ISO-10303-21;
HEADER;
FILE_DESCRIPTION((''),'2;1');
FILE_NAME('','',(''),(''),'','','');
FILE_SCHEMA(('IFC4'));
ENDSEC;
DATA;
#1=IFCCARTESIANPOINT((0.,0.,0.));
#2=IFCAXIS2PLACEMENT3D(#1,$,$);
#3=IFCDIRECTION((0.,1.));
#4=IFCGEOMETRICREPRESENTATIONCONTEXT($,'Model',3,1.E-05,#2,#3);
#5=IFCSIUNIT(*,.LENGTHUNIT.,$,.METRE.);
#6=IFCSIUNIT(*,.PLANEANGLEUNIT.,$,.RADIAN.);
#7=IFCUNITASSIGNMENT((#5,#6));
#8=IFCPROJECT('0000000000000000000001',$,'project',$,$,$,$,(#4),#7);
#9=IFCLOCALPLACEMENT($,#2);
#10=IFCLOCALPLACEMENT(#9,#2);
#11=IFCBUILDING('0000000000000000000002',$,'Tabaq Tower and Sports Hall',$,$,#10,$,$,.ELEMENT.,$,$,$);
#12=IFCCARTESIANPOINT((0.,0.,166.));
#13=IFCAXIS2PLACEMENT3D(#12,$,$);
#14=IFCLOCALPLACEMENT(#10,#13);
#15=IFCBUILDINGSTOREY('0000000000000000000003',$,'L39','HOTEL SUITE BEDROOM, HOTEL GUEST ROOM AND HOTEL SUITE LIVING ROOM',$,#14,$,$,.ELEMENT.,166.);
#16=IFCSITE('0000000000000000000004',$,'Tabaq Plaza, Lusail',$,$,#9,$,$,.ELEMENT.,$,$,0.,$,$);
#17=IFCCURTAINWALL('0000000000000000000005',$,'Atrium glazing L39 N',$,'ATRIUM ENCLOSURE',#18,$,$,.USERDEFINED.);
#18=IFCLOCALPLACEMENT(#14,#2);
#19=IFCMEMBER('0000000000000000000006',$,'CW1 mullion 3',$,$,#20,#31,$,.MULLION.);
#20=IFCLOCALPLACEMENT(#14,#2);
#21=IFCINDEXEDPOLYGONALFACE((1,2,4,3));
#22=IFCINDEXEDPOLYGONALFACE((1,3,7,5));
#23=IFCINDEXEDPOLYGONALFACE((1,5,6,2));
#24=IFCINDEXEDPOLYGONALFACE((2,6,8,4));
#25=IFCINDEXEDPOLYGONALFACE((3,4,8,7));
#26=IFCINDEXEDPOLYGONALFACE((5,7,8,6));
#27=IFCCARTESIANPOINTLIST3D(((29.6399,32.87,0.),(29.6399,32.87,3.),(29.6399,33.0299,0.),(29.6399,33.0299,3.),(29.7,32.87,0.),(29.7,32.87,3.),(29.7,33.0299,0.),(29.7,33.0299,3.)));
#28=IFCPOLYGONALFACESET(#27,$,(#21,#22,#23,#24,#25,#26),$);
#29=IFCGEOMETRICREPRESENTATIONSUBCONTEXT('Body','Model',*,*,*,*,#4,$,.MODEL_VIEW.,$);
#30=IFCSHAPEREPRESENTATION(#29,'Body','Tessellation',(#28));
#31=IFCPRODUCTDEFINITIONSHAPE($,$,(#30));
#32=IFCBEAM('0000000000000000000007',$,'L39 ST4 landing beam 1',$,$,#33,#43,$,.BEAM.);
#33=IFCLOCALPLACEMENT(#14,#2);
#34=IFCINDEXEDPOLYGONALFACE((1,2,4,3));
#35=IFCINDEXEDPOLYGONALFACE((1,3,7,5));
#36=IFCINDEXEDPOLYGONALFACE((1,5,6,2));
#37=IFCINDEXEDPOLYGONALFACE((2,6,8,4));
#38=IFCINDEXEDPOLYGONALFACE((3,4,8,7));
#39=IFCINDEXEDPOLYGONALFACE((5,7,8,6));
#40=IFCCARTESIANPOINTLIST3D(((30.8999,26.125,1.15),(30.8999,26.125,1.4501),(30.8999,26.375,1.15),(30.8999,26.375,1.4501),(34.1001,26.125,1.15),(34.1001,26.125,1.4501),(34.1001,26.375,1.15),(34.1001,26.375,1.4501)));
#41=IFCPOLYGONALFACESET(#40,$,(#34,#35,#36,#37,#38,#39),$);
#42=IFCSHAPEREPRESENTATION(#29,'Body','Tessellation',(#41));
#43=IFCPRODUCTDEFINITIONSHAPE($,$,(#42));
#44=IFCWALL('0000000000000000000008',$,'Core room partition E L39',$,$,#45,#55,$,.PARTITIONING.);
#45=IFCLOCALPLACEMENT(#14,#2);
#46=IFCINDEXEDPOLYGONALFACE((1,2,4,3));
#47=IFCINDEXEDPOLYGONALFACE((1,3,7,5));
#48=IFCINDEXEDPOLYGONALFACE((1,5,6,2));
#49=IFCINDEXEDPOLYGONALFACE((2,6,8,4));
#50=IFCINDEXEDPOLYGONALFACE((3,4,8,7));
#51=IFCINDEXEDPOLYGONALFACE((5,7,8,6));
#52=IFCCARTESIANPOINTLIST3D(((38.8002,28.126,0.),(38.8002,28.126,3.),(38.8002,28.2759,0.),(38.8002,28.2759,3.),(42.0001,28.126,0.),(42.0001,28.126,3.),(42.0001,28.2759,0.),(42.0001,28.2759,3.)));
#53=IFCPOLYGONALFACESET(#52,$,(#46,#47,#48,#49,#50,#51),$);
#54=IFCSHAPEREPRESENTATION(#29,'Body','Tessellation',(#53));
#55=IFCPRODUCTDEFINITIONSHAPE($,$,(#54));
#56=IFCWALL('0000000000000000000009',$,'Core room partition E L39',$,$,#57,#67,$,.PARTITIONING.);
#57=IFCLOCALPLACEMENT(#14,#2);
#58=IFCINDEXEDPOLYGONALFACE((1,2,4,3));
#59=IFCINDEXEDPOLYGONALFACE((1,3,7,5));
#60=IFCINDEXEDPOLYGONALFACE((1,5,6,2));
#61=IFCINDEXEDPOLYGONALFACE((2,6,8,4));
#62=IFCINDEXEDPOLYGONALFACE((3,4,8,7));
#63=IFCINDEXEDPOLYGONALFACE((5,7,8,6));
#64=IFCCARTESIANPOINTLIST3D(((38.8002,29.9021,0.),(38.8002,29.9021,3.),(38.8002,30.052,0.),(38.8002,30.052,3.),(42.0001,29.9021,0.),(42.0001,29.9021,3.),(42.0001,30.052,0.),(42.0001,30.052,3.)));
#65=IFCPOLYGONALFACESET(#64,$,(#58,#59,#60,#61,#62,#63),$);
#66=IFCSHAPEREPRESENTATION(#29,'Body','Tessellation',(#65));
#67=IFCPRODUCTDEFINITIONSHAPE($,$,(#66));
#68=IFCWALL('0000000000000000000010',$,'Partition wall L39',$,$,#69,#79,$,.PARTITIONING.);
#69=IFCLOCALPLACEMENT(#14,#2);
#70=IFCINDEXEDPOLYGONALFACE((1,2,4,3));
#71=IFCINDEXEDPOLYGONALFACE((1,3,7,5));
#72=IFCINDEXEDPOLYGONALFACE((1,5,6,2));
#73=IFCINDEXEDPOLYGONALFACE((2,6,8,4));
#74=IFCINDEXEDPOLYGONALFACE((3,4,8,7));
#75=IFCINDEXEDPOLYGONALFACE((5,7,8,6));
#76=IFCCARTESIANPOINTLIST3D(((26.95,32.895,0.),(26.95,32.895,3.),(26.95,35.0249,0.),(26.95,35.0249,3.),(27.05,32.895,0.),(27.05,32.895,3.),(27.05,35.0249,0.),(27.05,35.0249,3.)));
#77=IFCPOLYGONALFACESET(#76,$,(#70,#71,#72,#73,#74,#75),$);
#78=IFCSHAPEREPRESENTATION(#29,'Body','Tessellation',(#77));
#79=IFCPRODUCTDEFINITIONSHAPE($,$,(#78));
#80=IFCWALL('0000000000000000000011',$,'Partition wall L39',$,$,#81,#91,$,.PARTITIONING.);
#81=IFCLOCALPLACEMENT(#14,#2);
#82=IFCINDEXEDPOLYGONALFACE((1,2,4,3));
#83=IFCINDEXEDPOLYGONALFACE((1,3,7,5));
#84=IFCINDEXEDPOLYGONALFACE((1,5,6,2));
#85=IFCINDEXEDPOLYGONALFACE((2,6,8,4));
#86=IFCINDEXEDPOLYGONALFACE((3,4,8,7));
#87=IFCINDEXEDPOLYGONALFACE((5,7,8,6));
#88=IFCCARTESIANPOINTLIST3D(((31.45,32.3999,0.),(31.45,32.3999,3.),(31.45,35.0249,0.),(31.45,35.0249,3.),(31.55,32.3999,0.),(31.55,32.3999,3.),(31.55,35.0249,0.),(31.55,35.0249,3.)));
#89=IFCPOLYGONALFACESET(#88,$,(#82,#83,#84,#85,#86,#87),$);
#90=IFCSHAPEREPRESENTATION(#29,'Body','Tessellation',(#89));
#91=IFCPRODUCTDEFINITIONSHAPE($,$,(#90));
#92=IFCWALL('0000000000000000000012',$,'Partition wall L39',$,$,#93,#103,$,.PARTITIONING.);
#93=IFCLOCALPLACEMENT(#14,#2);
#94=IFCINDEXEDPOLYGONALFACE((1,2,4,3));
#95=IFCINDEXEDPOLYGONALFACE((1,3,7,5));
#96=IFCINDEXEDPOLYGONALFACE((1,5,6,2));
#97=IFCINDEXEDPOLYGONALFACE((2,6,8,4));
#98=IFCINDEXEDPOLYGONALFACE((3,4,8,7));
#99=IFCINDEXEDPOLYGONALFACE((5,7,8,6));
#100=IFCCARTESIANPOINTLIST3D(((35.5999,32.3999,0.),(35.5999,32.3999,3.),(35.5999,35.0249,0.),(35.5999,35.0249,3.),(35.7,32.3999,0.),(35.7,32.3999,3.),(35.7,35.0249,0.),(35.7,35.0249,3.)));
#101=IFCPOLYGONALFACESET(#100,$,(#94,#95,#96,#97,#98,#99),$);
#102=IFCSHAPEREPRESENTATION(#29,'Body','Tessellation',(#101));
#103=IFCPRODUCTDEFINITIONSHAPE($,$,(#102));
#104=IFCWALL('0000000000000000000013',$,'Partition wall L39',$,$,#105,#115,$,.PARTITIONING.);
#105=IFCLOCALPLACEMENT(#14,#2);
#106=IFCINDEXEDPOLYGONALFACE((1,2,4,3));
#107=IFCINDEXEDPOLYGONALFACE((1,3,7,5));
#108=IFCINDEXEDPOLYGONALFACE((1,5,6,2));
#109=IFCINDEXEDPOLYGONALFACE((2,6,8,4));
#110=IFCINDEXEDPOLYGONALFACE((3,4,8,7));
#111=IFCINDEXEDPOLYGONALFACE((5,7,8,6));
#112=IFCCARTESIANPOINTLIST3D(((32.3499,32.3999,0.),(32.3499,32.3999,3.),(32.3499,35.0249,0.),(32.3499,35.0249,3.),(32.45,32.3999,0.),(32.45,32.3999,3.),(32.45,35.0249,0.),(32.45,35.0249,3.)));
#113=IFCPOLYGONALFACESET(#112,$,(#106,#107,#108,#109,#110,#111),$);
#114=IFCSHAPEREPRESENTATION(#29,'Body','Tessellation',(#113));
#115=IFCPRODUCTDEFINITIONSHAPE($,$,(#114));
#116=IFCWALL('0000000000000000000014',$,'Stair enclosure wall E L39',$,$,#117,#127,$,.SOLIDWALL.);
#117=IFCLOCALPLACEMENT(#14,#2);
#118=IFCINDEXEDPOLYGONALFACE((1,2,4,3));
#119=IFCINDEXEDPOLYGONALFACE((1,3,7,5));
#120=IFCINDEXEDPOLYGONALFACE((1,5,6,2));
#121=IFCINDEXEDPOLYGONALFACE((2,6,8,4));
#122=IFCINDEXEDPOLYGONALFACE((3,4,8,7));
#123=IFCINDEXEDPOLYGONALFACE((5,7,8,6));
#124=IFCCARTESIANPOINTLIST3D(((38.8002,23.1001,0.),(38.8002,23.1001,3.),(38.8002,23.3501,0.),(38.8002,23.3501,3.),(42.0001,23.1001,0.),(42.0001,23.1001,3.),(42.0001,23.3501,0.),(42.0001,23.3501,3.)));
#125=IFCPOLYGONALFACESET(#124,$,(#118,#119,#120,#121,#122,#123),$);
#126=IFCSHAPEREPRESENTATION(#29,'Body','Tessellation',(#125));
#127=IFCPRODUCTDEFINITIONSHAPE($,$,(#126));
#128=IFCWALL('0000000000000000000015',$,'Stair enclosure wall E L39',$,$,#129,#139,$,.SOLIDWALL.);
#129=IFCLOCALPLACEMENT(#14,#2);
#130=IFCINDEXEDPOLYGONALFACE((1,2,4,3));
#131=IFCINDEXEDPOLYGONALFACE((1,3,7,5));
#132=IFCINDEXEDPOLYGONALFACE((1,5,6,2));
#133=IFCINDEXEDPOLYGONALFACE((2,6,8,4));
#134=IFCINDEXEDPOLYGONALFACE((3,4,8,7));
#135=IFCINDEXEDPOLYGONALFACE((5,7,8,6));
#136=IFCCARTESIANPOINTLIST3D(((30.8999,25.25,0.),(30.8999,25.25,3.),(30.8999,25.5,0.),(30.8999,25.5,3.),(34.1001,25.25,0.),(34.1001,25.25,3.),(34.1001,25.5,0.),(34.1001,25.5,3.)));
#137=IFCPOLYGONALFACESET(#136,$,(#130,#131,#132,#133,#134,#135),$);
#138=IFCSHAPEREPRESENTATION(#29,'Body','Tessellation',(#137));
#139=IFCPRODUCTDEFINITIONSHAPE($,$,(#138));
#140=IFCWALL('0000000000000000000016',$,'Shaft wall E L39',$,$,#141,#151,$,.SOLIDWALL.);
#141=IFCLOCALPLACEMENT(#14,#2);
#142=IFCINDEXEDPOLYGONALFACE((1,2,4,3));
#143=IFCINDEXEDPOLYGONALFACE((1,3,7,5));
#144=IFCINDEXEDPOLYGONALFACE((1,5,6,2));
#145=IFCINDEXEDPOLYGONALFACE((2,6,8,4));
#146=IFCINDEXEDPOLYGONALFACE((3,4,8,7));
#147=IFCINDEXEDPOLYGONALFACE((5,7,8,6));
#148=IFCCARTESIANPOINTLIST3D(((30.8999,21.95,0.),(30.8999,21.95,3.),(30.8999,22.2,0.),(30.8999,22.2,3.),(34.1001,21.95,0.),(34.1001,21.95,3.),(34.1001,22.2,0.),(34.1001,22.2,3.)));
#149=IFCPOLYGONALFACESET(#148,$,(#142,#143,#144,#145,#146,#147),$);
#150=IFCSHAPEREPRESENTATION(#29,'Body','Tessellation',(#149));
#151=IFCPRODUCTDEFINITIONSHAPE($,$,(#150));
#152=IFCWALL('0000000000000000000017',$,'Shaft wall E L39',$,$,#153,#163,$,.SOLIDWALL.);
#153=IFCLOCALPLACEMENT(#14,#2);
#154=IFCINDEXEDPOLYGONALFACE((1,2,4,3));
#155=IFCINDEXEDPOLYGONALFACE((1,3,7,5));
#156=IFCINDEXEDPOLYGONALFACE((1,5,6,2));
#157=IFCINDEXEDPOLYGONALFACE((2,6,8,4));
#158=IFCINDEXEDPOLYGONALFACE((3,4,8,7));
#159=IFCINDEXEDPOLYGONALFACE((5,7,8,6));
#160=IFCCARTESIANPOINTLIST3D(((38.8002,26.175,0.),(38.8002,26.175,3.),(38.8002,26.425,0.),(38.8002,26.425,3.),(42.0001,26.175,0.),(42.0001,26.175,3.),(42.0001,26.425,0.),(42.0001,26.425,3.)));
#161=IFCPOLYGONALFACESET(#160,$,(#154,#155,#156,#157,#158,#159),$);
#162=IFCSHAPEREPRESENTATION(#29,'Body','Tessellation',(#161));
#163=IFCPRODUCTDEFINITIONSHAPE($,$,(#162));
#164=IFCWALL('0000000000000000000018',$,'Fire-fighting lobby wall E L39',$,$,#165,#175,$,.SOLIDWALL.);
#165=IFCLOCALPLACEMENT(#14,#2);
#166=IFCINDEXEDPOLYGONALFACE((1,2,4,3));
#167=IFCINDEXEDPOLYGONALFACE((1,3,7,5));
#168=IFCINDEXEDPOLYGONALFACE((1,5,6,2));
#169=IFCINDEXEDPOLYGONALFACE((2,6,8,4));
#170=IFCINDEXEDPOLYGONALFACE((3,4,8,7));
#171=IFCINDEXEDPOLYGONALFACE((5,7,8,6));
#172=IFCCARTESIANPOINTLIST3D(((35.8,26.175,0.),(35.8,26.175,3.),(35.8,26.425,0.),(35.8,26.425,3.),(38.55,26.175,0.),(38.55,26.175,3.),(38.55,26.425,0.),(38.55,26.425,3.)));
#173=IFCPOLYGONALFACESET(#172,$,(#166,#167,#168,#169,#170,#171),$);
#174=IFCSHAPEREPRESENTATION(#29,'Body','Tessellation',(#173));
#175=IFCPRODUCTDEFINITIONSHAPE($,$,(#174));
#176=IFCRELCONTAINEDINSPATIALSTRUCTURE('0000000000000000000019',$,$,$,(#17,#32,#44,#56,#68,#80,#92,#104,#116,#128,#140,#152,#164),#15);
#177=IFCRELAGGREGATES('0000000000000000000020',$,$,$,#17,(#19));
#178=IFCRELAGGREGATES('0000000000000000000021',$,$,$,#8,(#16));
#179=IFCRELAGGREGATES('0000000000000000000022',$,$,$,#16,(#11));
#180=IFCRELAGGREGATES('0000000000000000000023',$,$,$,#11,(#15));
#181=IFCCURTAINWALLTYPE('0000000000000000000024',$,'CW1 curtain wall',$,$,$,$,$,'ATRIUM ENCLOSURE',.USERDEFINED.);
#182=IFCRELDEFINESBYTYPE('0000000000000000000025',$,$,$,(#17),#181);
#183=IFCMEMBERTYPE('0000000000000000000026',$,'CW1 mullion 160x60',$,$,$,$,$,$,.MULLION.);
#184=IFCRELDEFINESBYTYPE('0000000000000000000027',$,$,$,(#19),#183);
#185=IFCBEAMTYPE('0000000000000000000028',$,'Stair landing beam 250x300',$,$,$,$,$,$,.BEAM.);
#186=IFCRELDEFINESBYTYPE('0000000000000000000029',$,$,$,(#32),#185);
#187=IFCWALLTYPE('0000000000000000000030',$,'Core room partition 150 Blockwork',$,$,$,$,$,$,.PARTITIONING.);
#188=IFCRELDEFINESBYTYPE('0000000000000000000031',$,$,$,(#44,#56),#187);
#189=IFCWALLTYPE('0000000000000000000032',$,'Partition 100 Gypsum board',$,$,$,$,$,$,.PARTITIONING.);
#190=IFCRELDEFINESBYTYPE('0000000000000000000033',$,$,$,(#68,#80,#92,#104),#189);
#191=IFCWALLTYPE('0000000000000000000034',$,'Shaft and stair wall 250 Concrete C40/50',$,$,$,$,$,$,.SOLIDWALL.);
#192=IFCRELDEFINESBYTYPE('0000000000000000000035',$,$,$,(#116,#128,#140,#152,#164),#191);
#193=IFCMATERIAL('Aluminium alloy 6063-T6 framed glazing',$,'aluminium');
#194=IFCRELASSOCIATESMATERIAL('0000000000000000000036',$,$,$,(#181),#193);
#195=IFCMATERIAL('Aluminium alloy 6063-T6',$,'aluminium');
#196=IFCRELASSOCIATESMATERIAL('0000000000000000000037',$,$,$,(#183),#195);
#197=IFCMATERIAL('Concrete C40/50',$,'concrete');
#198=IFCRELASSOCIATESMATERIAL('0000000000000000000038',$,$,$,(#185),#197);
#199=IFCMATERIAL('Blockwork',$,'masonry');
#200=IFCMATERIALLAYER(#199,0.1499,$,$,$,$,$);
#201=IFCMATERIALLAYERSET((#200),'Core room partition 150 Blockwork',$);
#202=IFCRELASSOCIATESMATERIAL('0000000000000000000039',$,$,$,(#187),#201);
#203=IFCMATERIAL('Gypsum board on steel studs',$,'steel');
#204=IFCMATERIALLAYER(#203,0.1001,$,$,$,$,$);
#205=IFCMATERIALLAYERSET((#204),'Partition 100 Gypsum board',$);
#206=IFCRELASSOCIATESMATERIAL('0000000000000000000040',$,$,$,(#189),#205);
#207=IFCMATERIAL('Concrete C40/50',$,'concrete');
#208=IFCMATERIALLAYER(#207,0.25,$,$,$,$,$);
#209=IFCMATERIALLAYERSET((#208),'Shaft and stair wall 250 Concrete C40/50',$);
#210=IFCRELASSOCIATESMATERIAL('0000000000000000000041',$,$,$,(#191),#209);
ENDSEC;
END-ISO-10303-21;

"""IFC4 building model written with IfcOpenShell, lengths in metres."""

from ifc_helpers import new_model, si_unit, direction, frame, frame_2d, origin, origin_2d, place, context, subcontext, project, spatial, rectangle, extrude, material, layer, layer_set, material_profile, profile_set, type_object, element, aggregate, save


model = new_model("IFC4")

# Units and contexts
model_context = context("Model", 3, precision=1e-05, world=origin(), true_north=direction((0.0, 1.0)))
body_context = subcontext(model_context, "Body", "Model", "MODEL_VIEW")
ifc_project = project(units=[si_unit("LENGTHUNIT", "METRE"), si_unit("PLANEANGLEUNIT", "RADIAN")], contexts=[model_context])

# Site, building, storey
site_placement = place(None, origin())
site = spatial("IfcSite", under=ifc_project, at=site_placement, Name="Tabaq Plaza, Lusail", CompositionType="ELEMENT", RefElevation=0.0)
building_placement = place(site_placement, origin())
building = spatial("IfcBuilding", under=site, at=building_placement, Name="Tabaq Tower and Sports Hall", CompositionType="ELEMENT")
storey_placement = place(building_placement, frame((0.0, 0.0, 166.0)))
storey = spatial("IfcBuildingStorey", under=building, at=storey_placement, Name="L39", Description="HOTEL SUITE BEDROOM, HOTEL GUEST ROOM AND HOTEL SUITE LIVING ROOM", CompositionType="ELEMENT", Elevation=166.0)

# Curtain wall, member
ifc_material_1 = material(Name="Aluminium alloy 6063-T6 framed glazing", Category="aluminium")
curtain_wall_type = type_object("IfcCurtainWallType", Name="CW1 curtain wall", ElementType="ATRIUM ENCLOSURE", PredefinedType="USERDEFINED", material=ifc_material_1)
curtain_wall_placement = place(storey_placement, origin())
curtain_wall = element("IfcCurtainWall", 1, at=curtain_wall_placement, inside=storey, type_object=curtain_wall_type, Name="Atrium glazing L39 N", ObjectType="ATRIUM ENCLOSURE", PredefinedType="USERDEFINED")
ifc_material_2 = material(Name="Aluminium alloy 6063-T6", Category="aluminium")
ifc_material_profile_1 = material_profile(ifc_material_2, rectangle(XDim=0.1599, YDim=0.0601, at=origin_2d()), Name="MULLION 160x60")
ifc_profile_set_1 = profile_set([ifc_material_profile_1], Name="Aluminium alloy 6063-T6")
member_type = type_object("IfcMemberType", Name="CW1 mullion 160x60", PredefinedType="MULLION", material=ifc_profile_set_1)
member_placement = place(storey_placement, frame((29.6699, 32.95, 0.0), z_axis=(0.0, 0.0, 1.0), x_axis=(0.0, 1.0, 0.0)))
member = element("IfcMember", 2, at=member_placement, type_object=member_type, Name="CW1 mullion 3", PredefinedType="MULLION", context=body_context, shape_type="SweptSolid", body=[
    extrude(rectangle(XDim=0.1599, YDim=0.0601, at=origin_2d()), origin(), (0.0, 0.0, 1.0), 3.0),
])
aggregate(curtain_wall, [member])

# Beam
ifc_material_3 = material(Name="Concrete C40/50", Category="concrete")
ifc_material_profile_2 = material_profile(ifc_material_3, rectangle(XDim=0.25, YDim=0.3, at=origin_2d()), Name="RC 250x300")
ifc_profile_set_2 = profile_set([ifc_material_profile_2], Name="Concrete C40/50")
beam_type = type_object("IfcBeamType", Name="Stair landing beam 250x300", PredefinedType="BEAM", material=ifc_profile_set_2)
beam_placement = place(storey_placement, frame((30.8999, 26.25, 1.3), z_axis=(1.0, 0.0, 0.0), x_axis=(0.0, 1.0, 0.0)))
element("IfcBeam", 3, at=beam_placement, inside=storey, type_object=beam_type, Name="L39 ST4 landing beam 1", PredefinedType="BEAM", context=body_context, shape_type="SweptSolid", body=[
    extrude(rectangle(XDim=0.25, YDim=0.3, at=origin_2d()), origin(), (0.0, 0.0, 1.0), 3.2002),
])

# Walls
ifc_material_4 = material(Name="Blockwork", Category="masonry")
ifc_layer_1 = layer(ifc_material_4, 0.1499)
ifc_layer_set_1 = layer_set([ifc_layer_1], Name="Core room partition 150 Blockwork")
wall_type_1 = type_object("IfcWallType", Name="Core room partition 150 Blockwork", PredefinedType="PARTITIONING", material=ifc_layer_set_1)
for number, where, z_axis, x_axis, name in (
    (4, (38.8, 28.2009, 0.0), (0.0, 0.0, 1.0), (1.0, 0.0, 0.0), "Core room partition E L39"),
    (5, (38.8, 29.9771, 0.0), (0.0, 0.0, 1.0), (1.0, 0.0, 0.0), "Core room partition E L39"),
):
    element("IfcWall", number, at=place(storey_placement, frame(where, z_axis=z_axis, x_axis=x_axis)), inside=storey, type_object=wall_type_1, Name=name, PredefinedType="PARTITIONING", context=body_context, shape_type="SweptSolid", body=[
        extrude(rectangle(XDim=3.2, YDim=0.1499, at=frame_2d((1.6001, 0.0))), origin(), (0.0, 0.0, 1.0), 3.0),
    ])

# Walls
ifc_material_5 = material(Name="Gypsum board on steel studs", Category="steel")
ifc_layer_2 = layer(ifc_material_5, 0.1001)
ifc_layer_set_2 = layer_set([ifc_layer_2], Name="Partition 100 Gypsum board")
wall_type_2 = type_object("IfcWallType", Name="Partition 100 Gypsum board", PredefinedType="PARTITIONING", material=ifc_layer_set_2)
wall_1_placement = place(storey_placement, frame((27.0, 32.895, 0.0), z_axis=(0.0, 0.0, 1.0), x_axis=(0.0, 1.0, 0.0)))
element("IfcWall", 6, at=wall_1_placement, inside=storey, type_object=wall_type_2, Name="Partition wall L39", PredefinedType="PARTITIONING", context=body_context, shape_type="SweptSolid", body=[
    extrude(rectangle(XDim=2.1299, YDim=0.1001, at=frame_2d((1.0649, 0.0))), origin(), (0.0, 0.0, 1.0), 3.0),
])
for number, where, z_axis, x_axis, name in (
    (7, (31.5, 32.3999, 0.0), (0.0, 0.0, 1.0), (0.0, 1.0, 0.0), "Partition wall L39"),
    (8, (35.6499, 35.0249, 0.0), (0.0, 0.0, 1.0), (0.0, -1.0, 0.0), "Partition wall L39"),
    (9, (32.3999, 35.0249, 0.0), (0.0, 0.0, 1.0), (0.0, -1.0, 0.0), "Partition wall L39"),
):
    element("IfcWall", number, at=place(storey_placement, frame(where, z_axis=z_axis, x_axis=x_axis)), inside=storey, type_object=wall_type_2, Name=name, PredefinedType="PARTITIONING", context=body_context, shape_type="SweptSolid", body=[
        extrude(rectangle(XDim=2.625, YDim=0.1001, at=frame_2d((1.3125, 0.0))), origin(), (0.0, 0.0, 1.0), 3.0),
    ])
ifc_material_6 = material(Name="Concrete C40/50", Category="concrete")
ifc_layer_3 = layer(ifc_material_6, 0.25)
ifc_layer_set_3 = layer_set([ifc_layer_3], Name="Shaft and stair wall 250 Concrete C40/50")
wall_type_3 = type_object("IfcWallType", Name="Shaft and stair wall 250 Concrete C40/50", PredefinedType="SOLIDWALL", material=ifc_layer_set_3)
wall_2_placement = place(storey_placement, frame((38.8, 23.2251, 0.0), z_axis=(0.0, 0.0, 1.0), x_axis=(1.0, 0.0, 0.0)))
element("IfcWall", 10, at=wall_2_placement, inside=storey, type_object=wall_type_3, Name="Stair enclosure wall E L39", PredefinedType="SOLIDWALL", context=body_context, shape_type="SweptSolid", body=[
    extrude(rectangle(XDim=3.2, YDim=0.25, at=frame_2d((1.6001, 0.0))), origin(), (0.0, 0.0, 1.0), 3.0),
])
for number, where, z_axis, x_axis, name in (
    (11, (30.8999, 25.375, 0.0), (0.0, 0.0, 1.0), (1.0, 0.0, 0.0), "Stair enclosure wall E L39"),
    (12, (30.8999, 22.075, 0.0), (0.0, 0.0, 1.0), (1.0, 0.0, 0.0), "Shaft wall E L39"),
):
    element("IfcWall", number, at=place(storey_placement, frame(where, z_axis=z_axis, x_axis=x_axis)), inside=storey, type_object=wall_type_3, Name=name, PredefinedType="SOLIDWALL", context=body_context, shape_type="SweptSolid", body=[
        extrude(rectangle(XDim=3.2002, YDim=0.25, at=frame_2d((1.6001, 0.0))), origin(), (0.0, 0.0, 1.0), 3.0),
    ])
wall_3_placement = place(storey_placement, frame((38.8, 26.3, 0.0), z_axis=(0.0, 0.0, 1.0), x_axis=(1.0, 0.0, 0.0)))
element("IfcWall", 13, at=wall_3_placement, inside=storey, type_object=wall_type_3, Name="Shaft wall E L39", PredefinedType="SOLIDWALL", context=body_context, shape_type="SweptSolid", body=[
    extrude(rectangle(XDim=3.2, YDim=0.25, at=frame_2d((1.6001, 0.0))), origin(), (0.0, 0.0, 1.0), 3.0),
])
wall_4_placement = place(storey_placement, frame((35.8, 26.3, 0.0), z_axis=(0.0, 0.0, 1.0), x_axis=(1.0, 0.0, 0.0)))
element("IfcWall", 14, at=wall_4_placement, inside=storey, type_object=wall_type_3, Name="Fire-fighting lobby wall E L39", PredefinedType="SOLIDWALL", context=body_context, shape_type="SweptSolid", body=[
    extrude(rectangle(XDim=2.75, YDim=0.25, at=frame_2d((1.375, 0.0))), origin(), (0.0, 0.0, 1.0), 3.0),
])

save(model, "model.ifc")
